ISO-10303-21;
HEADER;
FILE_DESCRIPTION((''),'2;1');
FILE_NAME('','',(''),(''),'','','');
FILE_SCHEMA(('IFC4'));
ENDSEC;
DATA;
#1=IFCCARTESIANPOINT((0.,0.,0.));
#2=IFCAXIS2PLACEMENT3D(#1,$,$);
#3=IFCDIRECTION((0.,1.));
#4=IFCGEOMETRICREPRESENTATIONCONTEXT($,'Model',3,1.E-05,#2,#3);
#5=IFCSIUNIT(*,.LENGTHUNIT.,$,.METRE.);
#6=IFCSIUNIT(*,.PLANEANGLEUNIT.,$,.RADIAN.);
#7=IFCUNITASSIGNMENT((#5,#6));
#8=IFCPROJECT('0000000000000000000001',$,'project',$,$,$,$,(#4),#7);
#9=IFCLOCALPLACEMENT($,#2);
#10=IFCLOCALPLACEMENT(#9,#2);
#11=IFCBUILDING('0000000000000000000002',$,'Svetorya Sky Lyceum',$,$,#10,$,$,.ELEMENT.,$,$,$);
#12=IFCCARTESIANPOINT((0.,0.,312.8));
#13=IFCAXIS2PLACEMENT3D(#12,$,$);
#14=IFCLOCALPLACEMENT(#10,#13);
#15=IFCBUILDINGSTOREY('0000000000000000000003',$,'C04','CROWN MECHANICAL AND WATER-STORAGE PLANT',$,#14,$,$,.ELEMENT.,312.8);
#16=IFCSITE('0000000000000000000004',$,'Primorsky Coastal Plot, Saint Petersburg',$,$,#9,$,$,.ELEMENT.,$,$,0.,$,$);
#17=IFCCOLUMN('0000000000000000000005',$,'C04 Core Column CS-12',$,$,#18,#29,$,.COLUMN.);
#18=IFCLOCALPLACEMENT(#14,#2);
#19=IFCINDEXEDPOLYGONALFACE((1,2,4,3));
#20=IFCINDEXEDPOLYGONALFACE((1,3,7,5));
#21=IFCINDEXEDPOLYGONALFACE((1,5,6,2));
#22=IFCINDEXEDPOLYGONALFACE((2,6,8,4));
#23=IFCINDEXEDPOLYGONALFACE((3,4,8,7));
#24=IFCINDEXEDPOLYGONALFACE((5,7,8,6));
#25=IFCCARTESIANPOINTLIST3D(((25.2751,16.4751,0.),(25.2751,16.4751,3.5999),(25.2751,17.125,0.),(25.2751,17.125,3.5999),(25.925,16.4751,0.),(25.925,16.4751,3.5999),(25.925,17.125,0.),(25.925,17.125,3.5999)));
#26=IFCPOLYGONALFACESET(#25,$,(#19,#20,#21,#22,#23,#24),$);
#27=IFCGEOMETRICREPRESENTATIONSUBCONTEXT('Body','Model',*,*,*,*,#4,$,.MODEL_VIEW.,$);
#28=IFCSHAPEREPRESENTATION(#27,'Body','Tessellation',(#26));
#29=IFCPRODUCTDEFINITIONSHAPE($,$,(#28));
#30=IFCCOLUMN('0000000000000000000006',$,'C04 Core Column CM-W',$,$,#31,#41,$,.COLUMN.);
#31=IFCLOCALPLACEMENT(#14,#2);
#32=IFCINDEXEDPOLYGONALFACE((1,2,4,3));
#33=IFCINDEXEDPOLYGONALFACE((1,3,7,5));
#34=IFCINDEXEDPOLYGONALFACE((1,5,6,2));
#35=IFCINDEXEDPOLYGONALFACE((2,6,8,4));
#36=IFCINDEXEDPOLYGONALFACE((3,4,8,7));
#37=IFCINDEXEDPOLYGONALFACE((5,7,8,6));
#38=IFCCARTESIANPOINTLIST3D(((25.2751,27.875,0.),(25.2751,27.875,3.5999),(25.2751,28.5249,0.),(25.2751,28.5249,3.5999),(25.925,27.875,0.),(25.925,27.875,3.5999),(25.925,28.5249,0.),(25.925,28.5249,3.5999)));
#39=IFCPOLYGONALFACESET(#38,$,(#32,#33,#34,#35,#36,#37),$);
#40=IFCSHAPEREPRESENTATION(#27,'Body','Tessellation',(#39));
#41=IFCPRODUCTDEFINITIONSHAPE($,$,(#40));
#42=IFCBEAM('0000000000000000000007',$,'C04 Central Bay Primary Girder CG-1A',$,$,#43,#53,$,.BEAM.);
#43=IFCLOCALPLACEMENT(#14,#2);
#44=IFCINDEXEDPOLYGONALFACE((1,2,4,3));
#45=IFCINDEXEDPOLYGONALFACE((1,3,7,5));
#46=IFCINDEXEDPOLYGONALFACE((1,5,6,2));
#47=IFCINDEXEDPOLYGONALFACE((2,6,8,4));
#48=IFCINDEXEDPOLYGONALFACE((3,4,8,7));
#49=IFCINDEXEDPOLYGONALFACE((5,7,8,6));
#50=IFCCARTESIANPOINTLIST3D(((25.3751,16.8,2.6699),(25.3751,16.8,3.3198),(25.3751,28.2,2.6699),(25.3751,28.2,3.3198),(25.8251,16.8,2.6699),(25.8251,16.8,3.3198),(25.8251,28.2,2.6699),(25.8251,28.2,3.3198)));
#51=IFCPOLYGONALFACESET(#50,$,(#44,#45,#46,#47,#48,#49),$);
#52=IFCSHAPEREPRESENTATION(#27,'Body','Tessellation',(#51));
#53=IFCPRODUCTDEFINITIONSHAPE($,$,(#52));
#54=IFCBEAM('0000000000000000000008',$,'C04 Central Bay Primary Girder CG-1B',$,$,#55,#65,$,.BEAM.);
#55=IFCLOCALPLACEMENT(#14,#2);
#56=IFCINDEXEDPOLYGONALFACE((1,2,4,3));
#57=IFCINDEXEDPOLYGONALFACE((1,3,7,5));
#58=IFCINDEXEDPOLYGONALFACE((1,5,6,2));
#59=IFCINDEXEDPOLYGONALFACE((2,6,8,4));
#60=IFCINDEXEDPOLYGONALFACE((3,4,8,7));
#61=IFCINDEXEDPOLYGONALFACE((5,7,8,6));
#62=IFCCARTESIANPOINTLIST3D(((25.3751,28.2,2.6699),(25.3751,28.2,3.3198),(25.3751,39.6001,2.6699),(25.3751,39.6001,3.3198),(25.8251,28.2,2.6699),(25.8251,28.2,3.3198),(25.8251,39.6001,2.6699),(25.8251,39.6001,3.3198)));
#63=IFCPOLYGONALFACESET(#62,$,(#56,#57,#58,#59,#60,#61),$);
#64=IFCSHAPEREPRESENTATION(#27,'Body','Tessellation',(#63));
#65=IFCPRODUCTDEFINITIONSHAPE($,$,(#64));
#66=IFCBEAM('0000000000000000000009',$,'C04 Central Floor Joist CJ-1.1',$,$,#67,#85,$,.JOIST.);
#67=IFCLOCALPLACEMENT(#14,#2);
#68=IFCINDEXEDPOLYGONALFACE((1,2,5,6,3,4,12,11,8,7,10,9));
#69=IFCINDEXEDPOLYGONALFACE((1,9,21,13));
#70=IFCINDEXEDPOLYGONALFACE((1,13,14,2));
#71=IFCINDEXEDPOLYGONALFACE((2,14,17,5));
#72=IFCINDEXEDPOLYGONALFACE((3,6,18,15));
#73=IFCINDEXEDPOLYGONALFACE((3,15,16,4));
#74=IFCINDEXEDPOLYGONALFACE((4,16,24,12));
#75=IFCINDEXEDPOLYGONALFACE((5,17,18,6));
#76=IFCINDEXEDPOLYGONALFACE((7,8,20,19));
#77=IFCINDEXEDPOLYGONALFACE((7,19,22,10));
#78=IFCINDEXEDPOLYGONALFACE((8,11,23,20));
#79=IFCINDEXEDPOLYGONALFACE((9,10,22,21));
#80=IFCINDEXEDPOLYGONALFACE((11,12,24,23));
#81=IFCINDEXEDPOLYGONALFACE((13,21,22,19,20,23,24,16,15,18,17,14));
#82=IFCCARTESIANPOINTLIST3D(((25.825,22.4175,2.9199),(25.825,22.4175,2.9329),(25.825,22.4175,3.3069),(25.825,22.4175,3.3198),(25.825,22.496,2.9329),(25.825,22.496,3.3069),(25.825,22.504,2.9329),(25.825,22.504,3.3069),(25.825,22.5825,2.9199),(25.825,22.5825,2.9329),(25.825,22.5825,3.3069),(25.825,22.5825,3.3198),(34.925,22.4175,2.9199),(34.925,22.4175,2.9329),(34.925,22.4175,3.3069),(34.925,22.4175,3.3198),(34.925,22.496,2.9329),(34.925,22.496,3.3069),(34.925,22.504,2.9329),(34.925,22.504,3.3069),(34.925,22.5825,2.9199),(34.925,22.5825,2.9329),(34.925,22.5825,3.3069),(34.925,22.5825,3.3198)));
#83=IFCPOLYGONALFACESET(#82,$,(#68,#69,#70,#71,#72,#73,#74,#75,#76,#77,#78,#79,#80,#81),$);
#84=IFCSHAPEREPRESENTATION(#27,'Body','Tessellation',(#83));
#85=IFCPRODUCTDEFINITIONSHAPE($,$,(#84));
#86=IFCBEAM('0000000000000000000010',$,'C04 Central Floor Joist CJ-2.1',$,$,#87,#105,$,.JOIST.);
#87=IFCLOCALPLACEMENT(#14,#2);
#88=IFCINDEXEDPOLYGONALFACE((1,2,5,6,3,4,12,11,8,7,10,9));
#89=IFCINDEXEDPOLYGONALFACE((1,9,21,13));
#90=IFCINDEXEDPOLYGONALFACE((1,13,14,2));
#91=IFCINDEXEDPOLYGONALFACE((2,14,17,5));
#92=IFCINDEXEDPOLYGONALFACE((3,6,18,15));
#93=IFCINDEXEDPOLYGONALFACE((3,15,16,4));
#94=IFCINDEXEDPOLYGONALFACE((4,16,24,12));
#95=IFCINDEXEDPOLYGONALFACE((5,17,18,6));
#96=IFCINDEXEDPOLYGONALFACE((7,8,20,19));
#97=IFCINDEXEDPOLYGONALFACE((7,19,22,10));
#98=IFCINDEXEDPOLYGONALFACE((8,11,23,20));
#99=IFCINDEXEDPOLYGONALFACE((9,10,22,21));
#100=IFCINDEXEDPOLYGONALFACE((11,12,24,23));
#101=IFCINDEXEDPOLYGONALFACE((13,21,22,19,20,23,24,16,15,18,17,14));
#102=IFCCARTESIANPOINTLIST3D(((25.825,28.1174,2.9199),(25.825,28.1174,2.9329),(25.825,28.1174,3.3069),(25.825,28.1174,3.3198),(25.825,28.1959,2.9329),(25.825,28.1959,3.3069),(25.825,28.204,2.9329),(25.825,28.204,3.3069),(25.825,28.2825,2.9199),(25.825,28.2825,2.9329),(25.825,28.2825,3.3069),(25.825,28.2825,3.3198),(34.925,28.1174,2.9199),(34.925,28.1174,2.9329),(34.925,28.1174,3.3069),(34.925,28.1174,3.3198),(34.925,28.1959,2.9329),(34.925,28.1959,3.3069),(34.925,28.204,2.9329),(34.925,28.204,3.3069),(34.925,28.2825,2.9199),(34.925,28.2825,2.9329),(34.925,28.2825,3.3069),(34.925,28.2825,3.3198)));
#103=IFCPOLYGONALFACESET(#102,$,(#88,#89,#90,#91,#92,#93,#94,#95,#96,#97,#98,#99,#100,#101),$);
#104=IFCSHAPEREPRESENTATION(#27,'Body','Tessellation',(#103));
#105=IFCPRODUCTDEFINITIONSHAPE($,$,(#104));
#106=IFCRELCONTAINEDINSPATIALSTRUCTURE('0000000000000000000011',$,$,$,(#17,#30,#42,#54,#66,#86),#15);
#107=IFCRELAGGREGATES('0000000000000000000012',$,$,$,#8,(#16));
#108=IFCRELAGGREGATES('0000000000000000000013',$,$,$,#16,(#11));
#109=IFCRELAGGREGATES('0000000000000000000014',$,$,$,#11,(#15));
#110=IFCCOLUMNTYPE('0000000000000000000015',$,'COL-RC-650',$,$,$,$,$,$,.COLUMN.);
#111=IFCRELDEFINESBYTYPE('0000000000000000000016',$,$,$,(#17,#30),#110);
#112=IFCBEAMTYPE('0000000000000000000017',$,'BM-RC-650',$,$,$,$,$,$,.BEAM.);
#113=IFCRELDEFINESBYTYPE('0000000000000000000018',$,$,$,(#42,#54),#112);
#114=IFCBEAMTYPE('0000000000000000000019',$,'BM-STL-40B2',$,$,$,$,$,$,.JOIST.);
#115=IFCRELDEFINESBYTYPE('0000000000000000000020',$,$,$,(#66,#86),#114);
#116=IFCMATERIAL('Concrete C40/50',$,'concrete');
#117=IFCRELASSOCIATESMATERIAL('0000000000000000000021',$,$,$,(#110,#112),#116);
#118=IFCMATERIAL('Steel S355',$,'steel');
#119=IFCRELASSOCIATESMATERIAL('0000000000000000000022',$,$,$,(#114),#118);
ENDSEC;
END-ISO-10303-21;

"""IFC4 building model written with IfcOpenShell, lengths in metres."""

from ifc_helpers import new_model, si_unit, direction, frame, origin, origin_2d, place, context, subcontext, project, spatial, rectangle, i_section, extrude, material, material_profile, profile_set, type_object, element, save


model = new_model("IFC4")

# Units and contexts
model_context = context("Model", 3, precision=1e-05, world=origin(), true_north=direction((0.0, 1.0)))
body_context = subcontext(model_context, "Body", "Model", "MODEL_VIEW")
ifc_project = project(units=[si_unit("LENGTHUNIT", "METRE"), si_unit("PLANEANGLEUNIT", "RADIAN")], contexts=[model_context])

# Site, building, storey
site_placement = place(None, origin())
site = spatial("IfcSite", under=ifc_project, at=site_placement, Name="Primorsky Coastal Plot, Saint Petersburg", CompositionType="ELEMENT", RefElevation=0.0)
building_placement = place(site_placement, origin())
building = spatial("IfcBuilding", under=site, at=building_placement, Name="Svetorya Sky Lyceum", CompositionType="ELEMENT")
storey_placement = place(building_placement, frame((0.0, 0.0, 312.8)))
storey = spatial("IfcBuildingStorey", under=building, at=storey_placement, Name="C04", Description="CROWN MECHANICAL AND WATER-STORAGE PLANT", CompositionType="ELEMENT", Elevation=312.8)

# Columns
ifc_material_1 = material(Name="Concrete C40/50", Category="concrete")
ifc_material_profile_1 = material_profile(ifc_material_1, rectangle(XDim=0.6499, YDim=0.6499, at=origin_2d()), Name="RC COL 650x650")
ifc_profile_set_1 = profile_set([ifc_material_profile_1], Name="Concrete C40/50")
column_type = type_object("IfcColumnType", Name="COL-RC-650", PredefinedType="COLUMN", material=ifc_profile_set_1)
for number, where, z_axis, x_axis, name in (
    (1, (25.6001, 16.8, 0.0), (0.0, 0.0, 1.0), (1.0, 0.0, 0.0), "C04 Core Column CS-12"),
    (2, (25.6001, 28.2, 0.0), (0.0, 0.0, 1.0), (1.0, 0.0, 0.0), "C04 Core Column CM-W"),
):
    element("IfcColumn", number, at=place(storey_placement, frame(where, z_axis=z_axis, x_axis=x_axis)), inside=storey, type_object=column_type, Name=name, PredefinedType="COLUMN", context=body_context, shape_type="SweptSolid", body=[
        extrude(rectangle(XDim=0.6499, YDim=0.6499, at=origin_2d()), origin(), (0.0, 0.0, 1.0), 3.5999),
    ])

# Beams
ifc_material_profile_2 = material_profile(ifc_material_1, rectangle(XDim=0.45, YDim=0.6499, at=origin_2d()), Name="RC BEAM 450x650")
ifc_profile_set_2 = profile_set([ifc_material_profile_2], Name="Concrete C40/50")
beam_type_1 = type_object("IfcBeamType", Name="BM-RC-650", PredefinedType="BEAM", material=ifc_profile_set_2)
beam_1_placement = place(storey_placement, frame((25.6001, 16.8, 2.9949), z_axis=(0.0, 1.0, 0.0), x_axis=(-1.0, 0.0, 0.0)))
element("IfcBeam", 3, at=beam_1_placement, inside=storey, type_object=beam_type_1, Name="C04 Central Bay Primary Girder CG-1A", PredefinedType="BEAM", context=body_context, shape_type="SweptSolid", body=[
    extrude(rectangle(XDim=0.45, YDim=0.6499, at=origin_2d()), origin(), (0.0, 0.0, 1.0), 11.3999),
])
beam_2_placement = place(storey_placement, frame((25.6001, 28.2, 2.9949), z_axis=(0.0, 1.0, 0.0), x_axis=(-1.0, 0.0, 0.0)))
element("IfcBeam", 4, at=beam_2_placement, inside=storey, type_object=beam_type_1, Name="C04 Central Bay Primary Girder CG-1B", PredefinedType="BEAM", context=body_context, shape_type="SweptSolid", body=[
    extrude(rectangle(XDim=0.45, YDim=0.6499, at=origin_2d()), origin(), (0.0, 0.0, 1.0), 11.4001),
])
ifc_material_2 = material(Name="Steel S355", Category="steel")
ifc_material_profile_3 = material_profile(ifc_material_2, i_section(OverallWidth=0.165, OverallDepth=0.3999, WebThickness=0.0081, FlangeThickness=0.0129, at=origin_2d()), Name="GOST 40B2")
ifc_profile_set_3 = profile_set([ifc_material_profile_3], Name="Steel S355")
beam_type_2 = type_object("IfcBeamType", Name="BM-STL-40B2", PredefinedType="JOIST", material=ifc_profile_set_3)
for number, where, z_axis, x_axis, name in (
    (5, (25.825, 22.5, 3.1199), (1.0, 0.0, 0.0), (0.0, 1.0, 0.0), "C04 Central Floor Joist CJ-1.1"),
    (6, (25.825, 28.2, 3.1199), (1.0, 0.0, 0.0), (0.0, 1.0, 0.0), "C04 Central Floor Joist CJ-2.1"),
):
    element("IfcBeam", number, at=place(storey_placement, frame(where, z_axis=z_axis, x_axis=x_axis)), inside=storey, type_object=beam_type_2, Name=name, PredefinedType="JOIST", context=body_context, shape_type="SweptSolid", body=[
        extrude(i_section(OverallWidth=0.165, OverallDepth=0.3999, WebThickness=0.0081, FlangeThickness=0.0129, at=origin_2d()), origin(), (0.0, 0.0, 1.0), 9.1001),
    ])

save(model, "model.ifc")
